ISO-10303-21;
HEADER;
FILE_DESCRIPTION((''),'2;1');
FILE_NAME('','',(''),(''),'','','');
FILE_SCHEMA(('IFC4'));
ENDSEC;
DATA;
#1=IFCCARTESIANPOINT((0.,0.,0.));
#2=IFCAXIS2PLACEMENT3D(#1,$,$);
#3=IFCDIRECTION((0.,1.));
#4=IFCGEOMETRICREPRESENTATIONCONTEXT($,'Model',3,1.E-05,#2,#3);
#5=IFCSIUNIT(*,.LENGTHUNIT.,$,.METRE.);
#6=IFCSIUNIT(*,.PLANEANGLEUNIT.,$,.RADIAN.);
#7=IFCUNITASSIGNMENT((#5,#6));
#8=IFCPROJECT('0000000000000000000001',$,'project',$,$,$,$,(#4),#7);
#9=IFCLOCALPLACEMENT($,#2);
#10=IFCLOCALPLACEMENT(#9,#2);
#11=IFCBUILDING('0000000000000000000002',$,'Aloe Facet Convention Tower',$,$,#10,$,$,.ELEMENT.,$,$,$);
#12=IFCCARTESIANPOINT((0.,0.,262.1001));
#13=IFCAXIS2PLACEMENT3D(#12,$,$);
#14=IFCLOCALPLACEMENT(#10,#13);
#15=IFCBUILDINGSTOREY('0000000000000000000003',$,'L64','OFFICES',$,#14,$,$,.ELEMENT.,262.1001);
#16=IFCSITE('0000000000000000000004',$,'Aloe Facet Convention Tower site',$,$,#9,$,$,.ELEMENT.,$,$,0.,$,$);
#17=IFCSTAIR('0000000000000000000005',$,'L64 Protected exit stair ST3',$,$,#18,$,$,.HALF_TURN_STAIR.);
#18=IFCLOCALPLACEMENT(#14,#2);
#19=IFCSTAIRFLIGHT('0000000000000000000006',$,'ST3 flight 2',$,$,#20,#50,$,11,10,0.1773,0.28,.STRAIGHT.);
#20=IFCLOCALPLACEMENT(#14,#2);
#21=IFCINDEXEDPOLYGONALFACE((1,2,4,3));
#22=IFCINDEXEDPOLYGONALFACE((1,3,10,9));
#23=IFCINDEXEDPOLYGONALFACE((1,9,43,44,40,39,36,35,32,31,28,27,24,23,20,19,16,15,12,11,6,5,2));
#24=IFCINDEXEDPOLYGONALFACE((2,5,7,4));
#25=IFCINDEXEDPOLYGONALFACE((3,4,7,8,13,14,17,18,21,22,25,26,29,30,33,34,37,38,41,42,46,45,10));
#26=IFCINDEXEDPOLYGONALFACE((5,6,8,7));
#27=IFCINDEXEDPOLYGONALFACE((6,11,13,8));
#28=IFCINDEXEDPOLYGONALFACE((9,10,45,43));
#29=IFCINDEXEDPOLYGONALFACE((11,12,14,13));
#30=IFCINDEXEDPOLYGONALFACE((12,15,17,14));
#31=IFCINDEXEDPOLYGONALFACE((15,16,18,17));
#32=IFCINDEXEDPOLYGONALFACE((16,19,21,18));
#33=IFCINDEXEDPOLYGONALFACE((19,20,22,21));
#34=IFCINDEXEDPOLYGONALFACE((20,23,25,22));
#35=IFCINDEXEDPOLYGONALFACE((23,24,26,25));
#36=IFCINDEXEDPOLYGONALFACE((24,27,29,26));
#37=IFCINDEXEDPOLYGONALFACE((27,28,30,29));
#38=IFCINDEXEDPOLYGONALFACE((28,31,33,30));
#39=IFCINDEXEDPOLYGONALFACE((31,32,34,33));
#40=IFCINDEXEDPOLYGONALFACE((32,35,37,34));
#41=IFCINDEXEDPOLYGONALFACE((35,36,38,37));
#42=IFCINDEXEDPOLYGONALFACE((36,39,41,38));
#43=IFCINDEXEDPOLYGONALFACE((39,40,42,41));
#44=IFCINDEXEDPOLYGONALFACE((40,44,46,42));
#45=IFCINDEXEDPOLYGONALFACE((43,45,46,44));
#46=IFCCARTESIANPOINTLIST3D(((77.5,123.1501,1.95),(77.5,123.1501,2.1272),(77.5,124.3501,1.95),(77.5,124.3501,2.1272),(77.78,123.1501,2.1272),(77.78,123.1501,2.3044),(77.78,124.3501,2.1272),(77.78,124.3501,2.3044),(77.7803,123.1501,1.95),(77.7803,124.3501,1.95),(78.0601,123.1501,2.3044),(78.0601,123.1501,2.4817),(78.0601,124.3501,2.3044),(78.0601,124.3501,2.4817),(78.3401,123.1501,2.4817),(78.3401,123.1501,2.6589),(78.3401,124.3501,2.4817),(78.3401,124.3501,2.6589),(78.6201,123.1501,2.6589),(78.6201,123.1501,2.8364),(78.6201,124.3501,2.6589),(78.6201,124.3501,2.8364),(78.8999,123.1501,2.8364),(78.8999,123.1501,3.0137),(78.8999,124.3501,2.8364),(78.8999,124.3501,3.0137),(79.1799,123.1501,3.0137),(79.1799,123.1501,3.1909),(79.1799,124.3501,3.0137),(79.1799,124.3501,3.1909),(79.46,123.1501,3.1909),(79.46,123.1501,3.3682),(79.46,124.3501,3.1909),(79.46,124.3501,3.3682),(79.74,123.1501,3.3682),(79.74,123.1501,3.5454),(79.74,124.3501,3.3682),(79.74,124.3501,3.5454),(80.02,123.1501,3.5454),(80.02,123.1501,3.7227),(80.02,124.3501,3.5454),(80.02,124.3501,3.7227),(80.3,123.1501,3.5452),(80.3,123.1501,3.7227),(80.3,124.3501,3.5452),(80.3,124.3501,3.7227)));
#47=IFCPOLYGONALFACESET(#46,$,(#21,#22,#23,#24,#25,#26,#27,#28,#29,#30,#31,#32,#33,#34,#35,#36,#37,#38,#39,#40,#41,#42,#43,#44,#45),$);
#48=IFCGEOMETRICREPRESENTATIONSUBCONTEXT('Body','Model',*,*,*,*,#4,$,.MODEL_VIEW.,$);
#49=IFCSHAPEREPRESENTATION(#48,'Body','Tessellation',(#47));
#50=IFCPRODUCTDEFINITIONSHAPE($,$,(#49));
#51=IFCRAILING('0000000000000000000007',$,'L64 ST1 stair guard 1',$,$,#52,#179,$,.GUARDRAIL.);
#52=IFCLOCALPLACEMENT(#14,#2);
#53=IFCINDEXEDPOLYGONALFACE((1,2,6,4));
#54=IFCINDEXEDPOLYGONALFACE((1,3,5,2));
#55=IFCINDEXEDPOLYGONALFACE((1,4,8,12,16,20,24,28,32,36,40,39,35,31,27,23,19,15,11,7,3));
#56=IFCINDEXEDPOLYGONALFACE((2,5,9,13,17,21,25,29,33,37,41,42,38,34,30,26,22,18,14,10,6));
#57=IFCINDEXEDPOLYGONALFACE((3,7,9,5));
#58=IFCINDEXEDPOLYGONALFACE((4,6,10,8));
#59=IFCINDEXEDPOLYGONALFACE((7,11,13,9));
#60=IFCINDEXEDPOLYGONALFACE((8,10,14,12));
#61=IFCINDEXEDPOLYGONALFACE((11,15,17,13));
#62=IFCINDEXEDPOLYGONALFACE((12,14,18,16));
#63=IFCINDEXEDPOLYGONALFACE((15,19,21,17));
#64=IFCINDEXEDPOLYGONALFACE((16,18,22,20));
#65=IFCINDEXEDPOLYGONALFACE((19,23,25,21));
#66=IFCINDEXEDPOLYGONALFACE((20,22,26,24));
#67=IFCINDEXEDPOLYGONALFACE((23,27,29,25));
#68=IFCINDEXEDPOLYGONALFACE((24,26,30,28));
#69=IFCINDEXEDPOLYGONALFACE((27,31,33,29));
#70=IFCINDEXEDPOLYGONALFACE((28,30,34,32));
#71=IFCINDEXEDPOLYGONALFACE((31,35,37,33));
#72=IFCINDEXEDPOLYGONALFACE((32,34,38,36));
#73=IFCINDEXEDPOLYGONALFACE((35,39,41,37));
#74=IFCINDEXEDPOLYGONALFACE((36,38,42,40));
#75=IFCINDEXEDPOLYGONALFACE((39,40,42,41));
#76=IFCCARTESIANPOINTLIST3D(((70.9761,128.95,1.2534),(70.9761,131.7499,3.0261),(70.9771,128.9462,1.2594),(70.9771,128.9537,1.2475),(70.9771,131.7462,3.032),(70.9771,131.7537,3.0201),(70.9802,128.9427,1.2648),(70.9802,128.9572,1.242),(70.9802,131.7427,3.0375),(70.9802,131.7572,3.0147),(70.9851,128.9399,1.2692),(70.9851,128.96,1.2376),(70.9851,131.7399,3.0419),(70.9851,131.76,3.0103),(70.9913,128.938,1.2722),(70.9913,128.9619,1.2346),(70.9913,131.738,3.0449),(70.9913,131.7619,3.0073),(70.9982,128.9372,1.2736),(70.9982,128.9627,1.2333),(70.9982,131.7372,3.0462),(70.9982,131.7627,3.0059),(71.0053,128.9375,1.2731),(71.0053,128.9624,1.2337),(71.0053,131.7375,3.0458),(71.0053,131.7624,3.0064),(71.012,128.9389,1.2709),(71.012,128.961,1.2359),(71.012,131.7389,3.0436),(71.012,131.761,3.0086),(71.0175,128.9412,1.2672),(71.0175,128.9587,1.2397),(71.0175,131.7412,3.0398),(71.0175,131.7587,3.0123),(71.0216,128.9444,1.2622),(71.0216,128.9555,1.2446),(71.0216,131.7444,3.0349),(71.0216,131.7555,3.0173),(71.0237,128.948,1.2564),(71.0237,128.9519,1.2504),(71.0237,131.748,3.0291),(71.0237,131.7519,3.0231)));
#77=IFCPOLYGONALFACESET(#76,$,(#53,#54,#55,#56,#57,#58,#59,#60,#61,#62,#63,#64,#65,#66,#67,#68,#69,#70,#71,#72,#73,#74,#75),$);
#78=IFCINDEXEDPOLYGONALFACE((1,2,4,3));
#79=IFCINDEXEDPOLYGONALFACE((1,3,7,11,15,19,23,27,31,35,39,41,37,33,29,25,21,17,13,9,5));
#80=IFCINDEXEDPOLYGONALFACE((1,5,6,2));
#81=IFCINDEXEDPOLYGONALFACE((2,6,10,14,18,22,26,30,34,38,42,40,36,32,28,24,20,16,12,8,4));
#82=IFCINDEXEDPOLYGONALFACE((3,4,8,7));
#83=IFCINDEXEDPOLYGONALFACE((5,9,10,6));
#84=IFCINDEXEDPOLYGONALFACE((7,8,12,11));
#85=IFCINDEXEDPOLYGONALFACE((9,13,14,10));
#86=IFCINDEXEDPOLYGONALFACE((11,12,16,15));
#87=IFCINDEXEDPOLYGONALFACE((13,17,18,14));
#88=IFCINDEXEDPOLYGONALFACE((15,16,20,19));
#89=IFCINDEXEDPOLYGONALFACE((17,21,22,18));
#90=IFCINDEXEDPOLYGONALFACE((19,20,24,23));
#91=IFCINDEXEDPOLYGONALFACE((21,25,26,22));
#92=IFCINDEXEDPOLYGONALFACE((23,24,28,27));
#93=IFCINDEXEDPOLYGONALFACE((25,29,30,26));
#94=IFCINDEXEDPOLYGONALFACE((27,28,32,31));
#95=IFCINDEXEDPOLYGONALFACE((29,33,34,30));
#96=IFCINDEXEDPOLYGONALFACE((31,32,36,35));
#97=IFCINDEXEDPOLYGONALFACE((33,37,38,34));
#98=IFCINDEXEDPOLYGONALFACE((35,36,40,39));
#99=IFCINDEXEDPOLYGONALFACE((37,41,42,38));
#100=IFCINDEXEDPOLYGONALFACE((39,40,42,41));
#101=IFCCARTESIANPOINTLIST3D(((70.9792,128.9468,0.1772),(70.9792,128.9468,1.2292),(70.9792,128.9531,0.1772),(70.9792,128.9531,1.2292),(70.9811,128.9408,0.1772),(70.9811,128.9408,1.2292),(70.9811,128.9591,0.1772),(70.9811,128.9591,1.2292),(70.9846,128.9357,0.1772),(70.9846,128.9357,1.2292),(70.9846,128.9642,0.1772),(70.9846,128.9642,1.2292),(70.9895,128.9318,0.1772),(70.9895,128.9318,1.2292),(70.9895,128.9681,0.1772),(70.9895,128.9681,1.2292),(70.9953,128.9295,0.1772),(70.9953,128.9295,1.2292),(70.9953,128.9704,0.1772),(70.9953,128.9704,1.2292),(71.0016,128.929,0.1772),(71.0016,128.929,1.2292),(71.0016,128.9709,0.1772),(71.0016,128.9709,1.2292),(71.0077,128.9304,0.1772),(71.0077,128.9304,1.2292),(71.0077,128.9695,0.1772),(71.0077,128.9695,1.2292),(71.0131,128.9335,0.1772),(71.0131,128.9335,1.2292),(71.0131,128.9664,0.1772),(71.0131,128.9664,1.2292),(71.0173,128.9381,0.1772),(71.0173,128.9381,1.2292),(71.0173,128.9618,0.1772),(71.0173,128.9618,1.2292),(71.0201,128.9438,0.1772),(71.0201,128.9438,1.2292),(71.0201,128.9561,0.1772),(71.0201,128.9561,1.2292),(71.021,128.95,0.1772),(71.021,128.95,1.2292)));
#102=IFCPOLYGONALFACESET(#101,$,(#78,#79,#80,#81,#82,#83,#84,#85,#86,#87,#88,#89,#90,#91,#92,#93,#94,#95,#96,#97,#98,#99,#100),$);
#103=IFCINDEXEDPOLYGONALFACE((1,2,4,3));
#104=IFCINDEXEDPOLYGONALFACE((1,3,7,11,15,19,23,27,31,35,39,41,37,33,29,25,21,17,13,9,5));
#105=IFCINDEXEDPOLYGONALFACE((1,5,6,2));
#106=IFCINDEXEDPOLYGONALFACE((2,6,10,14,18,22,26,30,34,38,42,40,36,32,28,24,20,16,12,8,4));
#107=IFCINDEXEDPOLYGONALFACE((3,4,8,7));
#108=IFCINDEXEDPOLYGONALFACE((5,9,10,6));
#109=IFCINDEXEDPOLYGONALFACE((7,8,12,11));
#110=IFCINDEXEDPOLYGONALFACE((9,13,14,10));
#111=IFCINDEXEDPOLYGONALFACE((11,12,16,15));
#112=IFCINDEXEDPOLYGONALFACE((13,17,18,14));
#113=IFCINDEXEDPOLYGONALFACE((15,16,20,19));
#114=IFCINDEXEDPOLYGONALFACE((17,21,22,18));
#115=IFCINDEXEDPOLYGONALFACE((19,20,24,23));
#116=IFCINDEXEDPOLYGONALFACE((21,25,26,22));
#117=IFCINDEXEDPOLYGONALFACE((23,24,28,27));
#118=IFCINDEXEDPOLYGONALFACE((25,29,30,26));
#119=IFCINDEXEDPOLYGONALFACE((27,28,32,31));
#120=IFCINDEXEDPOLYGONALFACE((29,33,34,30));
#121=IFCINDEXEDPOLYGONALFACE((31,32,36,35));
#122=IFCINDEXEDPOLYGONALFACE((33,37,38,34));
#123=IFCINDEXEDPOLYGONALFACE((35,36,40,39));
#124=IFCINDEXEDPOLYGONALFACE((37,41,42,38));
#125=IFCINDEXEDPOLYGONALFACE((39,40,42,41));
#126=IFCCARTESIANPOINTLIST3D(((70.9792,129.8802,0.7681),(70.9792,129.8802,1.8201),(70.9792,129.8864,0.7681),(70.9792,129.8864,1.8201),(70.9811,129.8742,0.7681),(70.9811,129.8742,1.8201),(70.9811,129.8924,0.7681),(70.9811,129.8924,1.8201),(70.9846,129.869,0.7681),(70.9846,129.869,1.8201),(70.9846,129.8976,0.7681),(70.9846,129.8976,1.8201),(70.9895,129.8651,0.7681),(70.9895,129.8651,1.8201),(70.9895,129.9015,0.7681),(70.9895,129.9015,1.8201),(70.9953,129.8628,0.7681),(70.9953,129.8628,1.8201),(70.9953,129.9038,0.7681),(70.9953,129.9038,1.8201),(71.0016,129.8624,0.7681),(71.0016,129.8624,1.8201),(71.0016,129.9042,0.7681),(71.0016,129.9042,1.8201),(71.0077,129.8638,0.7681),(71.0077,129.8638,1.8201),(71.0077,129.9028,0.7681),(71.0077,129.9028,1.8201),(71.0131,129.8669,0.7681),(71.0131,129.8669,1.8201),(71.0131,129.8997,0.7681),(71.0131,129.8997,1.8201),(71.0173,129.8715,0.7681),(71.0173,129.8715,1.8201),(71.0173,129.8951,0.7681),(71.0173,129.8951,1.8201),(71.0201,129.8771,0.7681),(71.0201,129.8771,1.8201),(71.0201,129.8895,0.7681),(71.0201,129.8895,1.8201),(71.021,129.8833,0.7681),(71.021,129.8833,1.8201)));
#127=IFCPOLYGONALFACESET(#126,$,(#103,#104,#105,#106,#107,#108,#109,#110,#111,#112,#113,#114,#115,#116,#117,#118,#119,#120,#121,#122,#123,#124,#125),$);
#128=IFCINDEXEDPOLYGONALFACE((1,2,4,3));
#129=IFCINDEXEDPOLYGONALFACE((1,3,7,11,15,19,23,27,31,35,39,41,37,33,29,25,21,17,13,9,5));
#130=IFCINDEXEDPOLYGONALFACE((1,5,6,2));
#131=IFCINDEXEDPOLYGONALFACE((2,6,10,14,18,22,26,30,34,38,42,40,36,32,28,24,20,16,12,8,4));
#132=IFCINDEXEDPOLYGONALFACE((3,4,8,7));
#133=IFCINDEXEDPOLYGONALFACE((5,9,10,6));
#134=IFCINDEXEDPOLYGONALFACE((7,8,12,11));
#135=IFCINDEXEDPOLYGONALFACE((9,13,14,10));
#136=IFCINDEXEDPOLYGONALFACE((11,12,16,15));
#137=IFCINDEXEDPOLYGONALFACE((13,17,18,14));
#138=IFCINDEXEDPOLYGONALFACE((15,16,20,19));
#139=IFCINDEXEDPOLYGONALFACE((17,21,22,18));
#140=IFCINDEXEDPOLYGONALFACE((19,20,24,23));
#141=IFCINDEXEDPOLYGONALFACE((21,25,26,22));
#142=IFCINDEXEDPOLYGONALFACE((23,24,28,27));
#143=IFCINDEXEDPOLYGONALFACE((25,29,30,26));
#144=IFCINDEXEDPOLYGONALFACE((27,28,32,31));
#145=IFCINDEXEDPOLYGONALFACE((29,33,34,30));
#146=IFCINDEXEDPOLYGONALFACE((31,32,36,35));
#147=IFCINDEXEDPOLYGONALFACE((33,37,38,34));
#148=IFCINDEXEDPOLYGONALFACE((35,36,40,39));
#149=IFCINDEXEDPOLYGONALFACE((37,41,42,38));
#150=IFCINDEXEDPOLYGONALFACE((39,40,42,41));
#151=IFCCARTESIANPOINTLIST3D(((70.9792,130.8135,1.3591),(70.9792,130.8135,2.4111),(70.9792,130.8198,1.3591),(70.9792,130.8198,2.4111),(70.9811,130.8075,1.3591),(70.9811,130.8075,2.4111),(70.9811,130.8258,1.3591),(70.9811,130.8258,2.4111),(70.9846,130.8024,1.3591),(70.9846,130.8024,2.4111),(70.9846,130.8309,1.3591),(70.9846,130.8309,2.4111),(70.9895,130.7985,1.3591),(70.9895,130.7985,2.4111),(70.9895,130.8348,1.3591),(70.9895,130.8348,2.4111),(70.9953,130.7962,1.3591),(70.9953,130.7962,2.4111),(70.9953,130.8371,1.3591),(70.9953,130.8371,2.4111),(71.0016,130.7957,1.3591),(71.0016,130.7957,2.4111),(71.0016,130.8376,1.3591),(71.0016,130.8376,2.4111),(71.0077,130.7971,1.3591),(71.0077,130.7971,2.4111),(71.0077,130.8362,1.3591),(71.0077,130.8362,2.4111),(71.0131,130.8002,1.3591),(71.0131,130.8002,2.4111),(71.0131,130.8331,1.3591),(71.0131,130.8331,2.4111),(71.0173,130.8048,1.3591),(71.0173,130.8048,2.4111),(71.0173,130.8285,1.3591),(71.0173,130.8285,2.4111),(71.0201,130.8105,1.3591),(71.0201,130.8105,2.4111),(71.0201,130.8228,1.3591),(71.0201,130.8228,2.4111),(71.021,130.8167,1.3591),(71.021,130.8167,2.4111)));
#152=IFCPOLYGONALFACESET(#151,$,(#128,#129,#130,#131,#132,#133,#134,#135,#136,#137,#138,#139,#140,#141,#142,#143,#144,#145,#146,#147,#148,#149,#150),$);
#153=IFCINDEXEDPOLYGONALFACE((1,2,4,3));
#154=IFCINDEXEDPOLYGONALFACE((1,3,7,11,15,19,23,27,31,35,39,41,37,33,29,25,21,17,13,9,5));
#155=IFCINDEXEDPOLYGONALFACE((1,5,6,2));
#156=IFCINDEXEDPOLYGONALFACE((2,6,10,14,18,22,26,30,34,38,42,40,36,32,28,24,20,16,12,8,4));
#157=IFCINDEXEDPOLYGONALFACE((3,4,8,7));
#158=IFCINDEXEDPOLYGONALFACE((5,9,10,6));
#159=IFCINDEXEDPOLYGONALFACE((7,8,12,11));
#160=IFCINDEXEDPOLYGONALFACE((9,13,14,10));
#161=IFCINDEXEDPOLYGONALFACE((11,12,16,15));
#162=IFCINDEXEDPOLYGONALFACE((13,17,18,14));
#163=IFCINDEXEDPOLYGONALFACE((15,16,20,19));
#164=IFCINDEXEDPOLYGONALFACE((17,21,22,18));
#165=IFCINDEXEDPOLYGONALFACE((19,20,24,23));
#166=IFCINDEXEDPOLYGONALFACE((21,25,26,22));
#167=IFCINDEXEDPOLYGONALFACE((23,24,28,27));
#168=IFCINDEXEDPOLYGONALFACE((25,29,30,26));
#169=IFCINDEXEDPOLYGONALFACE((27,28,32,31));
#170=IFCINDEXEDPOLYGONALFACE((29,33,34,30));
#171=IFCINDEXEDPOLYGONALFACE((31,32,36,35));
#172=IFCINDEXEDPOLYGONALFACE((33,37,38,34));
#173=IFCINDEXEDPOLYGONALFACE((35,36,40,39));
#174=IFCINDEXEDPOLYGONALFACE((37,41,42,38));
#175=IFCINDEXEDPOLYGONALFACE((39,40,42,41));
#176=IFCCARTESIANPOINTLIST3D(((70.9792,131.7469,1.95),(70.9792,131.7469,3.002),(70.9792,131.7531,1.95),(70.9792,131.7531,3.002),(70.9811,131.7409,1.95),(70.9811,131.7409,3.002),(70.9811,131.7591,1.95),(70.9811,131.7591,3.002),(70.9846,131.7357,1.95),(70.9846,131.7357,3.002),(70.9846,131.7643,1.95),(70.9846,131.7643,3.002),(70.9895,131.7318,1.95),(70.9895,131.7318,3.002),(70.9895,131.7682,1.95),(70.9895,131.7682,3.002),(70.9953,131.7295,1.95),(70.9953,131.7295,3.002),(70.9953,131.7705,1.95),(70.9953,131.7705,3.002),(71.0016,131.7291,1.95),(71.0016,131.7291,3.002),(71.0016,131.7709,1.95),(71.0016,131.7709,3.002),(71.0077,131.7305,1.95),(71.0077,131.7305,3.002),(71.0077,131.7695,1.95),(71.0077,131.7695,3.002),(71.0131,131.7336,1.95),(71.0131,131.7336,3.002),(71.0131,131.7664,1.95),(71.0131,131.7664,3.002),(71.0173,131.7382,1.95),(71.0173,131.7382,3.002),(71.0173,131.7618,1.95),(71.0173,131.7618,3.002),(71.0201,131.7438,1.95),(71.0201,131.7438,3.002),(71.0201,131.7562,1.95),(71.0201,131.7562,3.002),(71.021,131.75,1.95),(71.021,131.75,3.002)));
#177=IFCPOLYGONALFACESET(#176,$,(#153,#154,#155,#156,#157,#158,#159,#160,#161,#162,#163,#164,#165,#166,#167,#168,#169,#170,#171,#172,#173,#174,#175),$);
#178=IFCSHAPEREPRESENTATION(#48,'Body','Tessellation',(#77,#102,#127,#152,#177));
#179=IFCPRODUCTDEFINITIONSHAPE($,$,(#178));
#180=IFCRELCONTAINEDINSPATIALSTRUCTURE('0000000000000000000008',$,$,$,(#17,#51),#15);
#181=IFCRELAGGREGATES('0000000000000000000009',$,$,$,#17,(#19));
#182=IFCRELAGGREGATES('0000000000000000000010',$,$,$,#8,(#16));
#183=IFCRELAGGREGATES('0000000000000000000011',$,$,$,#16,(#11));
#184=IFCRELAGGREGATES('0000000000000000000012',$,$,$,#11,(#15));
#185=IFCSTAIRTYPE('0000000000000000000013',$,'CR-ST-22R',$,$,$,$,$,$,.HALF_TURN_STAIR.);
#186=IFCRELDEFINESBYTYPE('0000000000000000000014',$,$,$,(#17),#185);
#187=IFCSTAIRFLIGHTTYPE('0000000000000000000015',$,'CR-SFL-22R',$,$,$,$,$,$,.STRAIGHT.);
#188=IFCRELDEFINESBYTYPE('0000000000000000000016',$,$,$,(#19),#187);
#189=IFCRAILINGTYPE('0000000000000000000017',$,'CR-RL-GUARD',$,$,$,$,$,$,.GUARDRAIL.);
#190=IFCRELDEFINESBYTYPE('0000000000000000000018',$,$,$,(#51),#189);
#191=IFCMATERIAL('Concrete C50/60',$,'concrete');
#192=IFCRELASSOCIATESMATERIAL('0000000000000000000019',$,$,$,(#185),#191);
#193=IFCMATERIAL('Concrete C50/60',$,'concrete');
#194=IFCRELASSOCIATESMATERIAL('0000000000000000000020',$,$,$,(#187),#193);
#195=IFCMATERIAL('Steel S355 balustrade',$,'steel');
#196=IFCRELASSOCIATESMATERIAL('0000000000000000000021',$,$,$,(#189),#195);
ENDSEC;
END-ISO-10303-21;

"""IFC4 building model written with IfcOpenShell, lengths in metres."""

from ifc_helpers import new_model, si_unit, direction, frame, origin, origin_2d, place, context, subcontext, project, spatial, polyline, circle, outline, extrude, material, type_object, element, aggregate, save


model = new_model("IFC4")

# Units and contexts
model_context = context("Model", 3, precision=1e-05, world=origin(), true_north=direction((0.0, 1.0)))
body_context = subcontext(model_context, "Body", "Model", "MODEL_VIEW")
ifc_project = project(units=[si_unit("LENGTHUNIT", "METRE"), si_unit("PLANEANGLEUNIT", "RADIAN")], contexts=[model_context])

# Site, building, storey
site_placement = place(None, origin())
site = spatial("IfcSite", under=ifc_project, at=site_placement, Name="Aloe Facet Convention Tower site", CompositionType="ELEMENT", RefElevation=0.0)
building_placement = place(site_placement, origin())
building = spatial("IfcBuilding", under=site, at=building_placement, Name="Aloe Facet Convention Tower", CompositionType="ELEMENT")
storey_placement = place(building_placement, frame((0.0, 0.0, 262.1001)))
storey = spatial("IfcBuildingStorey", under=building, at=storey_placement, Name="L64", Description="OFFICES", CompositionType="ELEMENT", Elevation=262.1001)

# Stair, stair flight
ifc_material_1 = material(Name="Concrete C50/60", Category="concrete")
stair_type = type_object("IfcStairType", Name="CR-ST-22R", PredefinedType="HALF_TURN_STAIR", material=ifc_material_1)
ifc_material_2 = material(Name="Concrete C50/60", Category="concrete")
stair_flight_type = type_object("IfcStairFlightType", Name="CR-SFL-22R", PredefinedType="STRAIGHT", material=ifc_material_2)
stair_1_placement = place(storey_placement, origin())
stair_1 = element("IfcStair", 1, at=stair_1_placement, inside=storey, type_object=stair_type, Name="L64 Protected exit stair ST3", PredefinedType="HALF_TURN_STAIR")
stair_flight_1_placement = place(storey_placement, frame((77.5, 123.75, 1.95), z_axis=(0.0, 0.0, 1.0), x_axis=(1.0, 0.0, 0.0)))
stair_flight_1 = element("IfcStairFlight", 2, at=stair_flight_1_placement, type_object=stair_flight_type, Name="ST3 flight 2", NumberOfRisers=11, NumberOfTreads=10, PredefinedType="STRAIGHT", RiserHeight=0.1773, TreadLength=0.28, context=body_context, shape_type="SweptSolid", body=[
    extrude(outline(polyline([(0.0, 0.0), (0.0, 0.1772), (0.28, 0.1772), (0.28, 0.3545), (0.5601, 0.3545), (0.5601, 0.5317), (0.8401, 0.5317), (0.8401, 0.709), (1.1201, 0.709), (1.1201, 0.8865), (1.3999, 0.8865), (1.3999, 1.0637), (1.6799, 1.0637), (1.6799, 1.241), (1.96, 1.241), (1.96, 1.4182), (2.24, 1.4182), (2.24, 1.5955), (2.52, 1.5955), (2.52, 1.7727), (2.8, 1.7727), (2.8, 1.95), (2.8, 1.5952), (0.2803, 0.0), (0.0, 0.0)])), frame((0.0, 0.6001, 0.0), z_axis=(0.0, -1.0, 0.0), x_axis=(1.0, 0.0, 0.0)), (0.0, 0.0, 1.0), 1.2),
])
aggregate(stair_1, [stair_flight_1])

# Railing
ifc_material_3 = material(Name="Steel S355 balustrade", Category="steel")
railing_type_1 = type_object("IfcRailingType", Name="CR-RL-GUARD", PredefinedType="GUARDRAIL", material=ifc_material_3)
railing_1_placement = place(storey_placement, frame((71.0, 128.95, 0.1772)))
element("IfcRailing", 3, at=railing_1_placement, inside=storey, type_object=railing_type_1, Name="L64 ST1 stair guard 1", PredefinedType="GUARDRAIL", context=body_context, shape_type="SweptSolid", body=[
    extrude(circle(Radius=0.0239, at=origin_2d()), frame((0.0, 0.0, 1.0762), z_axis=(0.0, 0.844909, 0.53491), x_axis=(-1.0, 0.0, 0.0)), (0.0, 0.0, 1.0), 3.314),
    extrude(circle(Radius=0.021, at=origin_2d()), origin(), (0.0, 0.0, 1.0), 1.052),
    extrude(circle(Radius=0.021, at=origin_2d()), frame((0.0, 0.9333, 0.5908)), (0.0, 0.0, 1.0), 1.052),
    extrude(circle(Radius=0.021, at=origin_2d()), frame((0.0, 1.8667, 1.1819)), (0.0, 0.0, 1.0), 1.052),
    extrude(circle(Radius=0.021, at=origin_2d()), frame((0.0, 2.8, 1.7727)), (0.0, 0.0, 1.0), 1.052),
])

save(model, "model.ifc")
